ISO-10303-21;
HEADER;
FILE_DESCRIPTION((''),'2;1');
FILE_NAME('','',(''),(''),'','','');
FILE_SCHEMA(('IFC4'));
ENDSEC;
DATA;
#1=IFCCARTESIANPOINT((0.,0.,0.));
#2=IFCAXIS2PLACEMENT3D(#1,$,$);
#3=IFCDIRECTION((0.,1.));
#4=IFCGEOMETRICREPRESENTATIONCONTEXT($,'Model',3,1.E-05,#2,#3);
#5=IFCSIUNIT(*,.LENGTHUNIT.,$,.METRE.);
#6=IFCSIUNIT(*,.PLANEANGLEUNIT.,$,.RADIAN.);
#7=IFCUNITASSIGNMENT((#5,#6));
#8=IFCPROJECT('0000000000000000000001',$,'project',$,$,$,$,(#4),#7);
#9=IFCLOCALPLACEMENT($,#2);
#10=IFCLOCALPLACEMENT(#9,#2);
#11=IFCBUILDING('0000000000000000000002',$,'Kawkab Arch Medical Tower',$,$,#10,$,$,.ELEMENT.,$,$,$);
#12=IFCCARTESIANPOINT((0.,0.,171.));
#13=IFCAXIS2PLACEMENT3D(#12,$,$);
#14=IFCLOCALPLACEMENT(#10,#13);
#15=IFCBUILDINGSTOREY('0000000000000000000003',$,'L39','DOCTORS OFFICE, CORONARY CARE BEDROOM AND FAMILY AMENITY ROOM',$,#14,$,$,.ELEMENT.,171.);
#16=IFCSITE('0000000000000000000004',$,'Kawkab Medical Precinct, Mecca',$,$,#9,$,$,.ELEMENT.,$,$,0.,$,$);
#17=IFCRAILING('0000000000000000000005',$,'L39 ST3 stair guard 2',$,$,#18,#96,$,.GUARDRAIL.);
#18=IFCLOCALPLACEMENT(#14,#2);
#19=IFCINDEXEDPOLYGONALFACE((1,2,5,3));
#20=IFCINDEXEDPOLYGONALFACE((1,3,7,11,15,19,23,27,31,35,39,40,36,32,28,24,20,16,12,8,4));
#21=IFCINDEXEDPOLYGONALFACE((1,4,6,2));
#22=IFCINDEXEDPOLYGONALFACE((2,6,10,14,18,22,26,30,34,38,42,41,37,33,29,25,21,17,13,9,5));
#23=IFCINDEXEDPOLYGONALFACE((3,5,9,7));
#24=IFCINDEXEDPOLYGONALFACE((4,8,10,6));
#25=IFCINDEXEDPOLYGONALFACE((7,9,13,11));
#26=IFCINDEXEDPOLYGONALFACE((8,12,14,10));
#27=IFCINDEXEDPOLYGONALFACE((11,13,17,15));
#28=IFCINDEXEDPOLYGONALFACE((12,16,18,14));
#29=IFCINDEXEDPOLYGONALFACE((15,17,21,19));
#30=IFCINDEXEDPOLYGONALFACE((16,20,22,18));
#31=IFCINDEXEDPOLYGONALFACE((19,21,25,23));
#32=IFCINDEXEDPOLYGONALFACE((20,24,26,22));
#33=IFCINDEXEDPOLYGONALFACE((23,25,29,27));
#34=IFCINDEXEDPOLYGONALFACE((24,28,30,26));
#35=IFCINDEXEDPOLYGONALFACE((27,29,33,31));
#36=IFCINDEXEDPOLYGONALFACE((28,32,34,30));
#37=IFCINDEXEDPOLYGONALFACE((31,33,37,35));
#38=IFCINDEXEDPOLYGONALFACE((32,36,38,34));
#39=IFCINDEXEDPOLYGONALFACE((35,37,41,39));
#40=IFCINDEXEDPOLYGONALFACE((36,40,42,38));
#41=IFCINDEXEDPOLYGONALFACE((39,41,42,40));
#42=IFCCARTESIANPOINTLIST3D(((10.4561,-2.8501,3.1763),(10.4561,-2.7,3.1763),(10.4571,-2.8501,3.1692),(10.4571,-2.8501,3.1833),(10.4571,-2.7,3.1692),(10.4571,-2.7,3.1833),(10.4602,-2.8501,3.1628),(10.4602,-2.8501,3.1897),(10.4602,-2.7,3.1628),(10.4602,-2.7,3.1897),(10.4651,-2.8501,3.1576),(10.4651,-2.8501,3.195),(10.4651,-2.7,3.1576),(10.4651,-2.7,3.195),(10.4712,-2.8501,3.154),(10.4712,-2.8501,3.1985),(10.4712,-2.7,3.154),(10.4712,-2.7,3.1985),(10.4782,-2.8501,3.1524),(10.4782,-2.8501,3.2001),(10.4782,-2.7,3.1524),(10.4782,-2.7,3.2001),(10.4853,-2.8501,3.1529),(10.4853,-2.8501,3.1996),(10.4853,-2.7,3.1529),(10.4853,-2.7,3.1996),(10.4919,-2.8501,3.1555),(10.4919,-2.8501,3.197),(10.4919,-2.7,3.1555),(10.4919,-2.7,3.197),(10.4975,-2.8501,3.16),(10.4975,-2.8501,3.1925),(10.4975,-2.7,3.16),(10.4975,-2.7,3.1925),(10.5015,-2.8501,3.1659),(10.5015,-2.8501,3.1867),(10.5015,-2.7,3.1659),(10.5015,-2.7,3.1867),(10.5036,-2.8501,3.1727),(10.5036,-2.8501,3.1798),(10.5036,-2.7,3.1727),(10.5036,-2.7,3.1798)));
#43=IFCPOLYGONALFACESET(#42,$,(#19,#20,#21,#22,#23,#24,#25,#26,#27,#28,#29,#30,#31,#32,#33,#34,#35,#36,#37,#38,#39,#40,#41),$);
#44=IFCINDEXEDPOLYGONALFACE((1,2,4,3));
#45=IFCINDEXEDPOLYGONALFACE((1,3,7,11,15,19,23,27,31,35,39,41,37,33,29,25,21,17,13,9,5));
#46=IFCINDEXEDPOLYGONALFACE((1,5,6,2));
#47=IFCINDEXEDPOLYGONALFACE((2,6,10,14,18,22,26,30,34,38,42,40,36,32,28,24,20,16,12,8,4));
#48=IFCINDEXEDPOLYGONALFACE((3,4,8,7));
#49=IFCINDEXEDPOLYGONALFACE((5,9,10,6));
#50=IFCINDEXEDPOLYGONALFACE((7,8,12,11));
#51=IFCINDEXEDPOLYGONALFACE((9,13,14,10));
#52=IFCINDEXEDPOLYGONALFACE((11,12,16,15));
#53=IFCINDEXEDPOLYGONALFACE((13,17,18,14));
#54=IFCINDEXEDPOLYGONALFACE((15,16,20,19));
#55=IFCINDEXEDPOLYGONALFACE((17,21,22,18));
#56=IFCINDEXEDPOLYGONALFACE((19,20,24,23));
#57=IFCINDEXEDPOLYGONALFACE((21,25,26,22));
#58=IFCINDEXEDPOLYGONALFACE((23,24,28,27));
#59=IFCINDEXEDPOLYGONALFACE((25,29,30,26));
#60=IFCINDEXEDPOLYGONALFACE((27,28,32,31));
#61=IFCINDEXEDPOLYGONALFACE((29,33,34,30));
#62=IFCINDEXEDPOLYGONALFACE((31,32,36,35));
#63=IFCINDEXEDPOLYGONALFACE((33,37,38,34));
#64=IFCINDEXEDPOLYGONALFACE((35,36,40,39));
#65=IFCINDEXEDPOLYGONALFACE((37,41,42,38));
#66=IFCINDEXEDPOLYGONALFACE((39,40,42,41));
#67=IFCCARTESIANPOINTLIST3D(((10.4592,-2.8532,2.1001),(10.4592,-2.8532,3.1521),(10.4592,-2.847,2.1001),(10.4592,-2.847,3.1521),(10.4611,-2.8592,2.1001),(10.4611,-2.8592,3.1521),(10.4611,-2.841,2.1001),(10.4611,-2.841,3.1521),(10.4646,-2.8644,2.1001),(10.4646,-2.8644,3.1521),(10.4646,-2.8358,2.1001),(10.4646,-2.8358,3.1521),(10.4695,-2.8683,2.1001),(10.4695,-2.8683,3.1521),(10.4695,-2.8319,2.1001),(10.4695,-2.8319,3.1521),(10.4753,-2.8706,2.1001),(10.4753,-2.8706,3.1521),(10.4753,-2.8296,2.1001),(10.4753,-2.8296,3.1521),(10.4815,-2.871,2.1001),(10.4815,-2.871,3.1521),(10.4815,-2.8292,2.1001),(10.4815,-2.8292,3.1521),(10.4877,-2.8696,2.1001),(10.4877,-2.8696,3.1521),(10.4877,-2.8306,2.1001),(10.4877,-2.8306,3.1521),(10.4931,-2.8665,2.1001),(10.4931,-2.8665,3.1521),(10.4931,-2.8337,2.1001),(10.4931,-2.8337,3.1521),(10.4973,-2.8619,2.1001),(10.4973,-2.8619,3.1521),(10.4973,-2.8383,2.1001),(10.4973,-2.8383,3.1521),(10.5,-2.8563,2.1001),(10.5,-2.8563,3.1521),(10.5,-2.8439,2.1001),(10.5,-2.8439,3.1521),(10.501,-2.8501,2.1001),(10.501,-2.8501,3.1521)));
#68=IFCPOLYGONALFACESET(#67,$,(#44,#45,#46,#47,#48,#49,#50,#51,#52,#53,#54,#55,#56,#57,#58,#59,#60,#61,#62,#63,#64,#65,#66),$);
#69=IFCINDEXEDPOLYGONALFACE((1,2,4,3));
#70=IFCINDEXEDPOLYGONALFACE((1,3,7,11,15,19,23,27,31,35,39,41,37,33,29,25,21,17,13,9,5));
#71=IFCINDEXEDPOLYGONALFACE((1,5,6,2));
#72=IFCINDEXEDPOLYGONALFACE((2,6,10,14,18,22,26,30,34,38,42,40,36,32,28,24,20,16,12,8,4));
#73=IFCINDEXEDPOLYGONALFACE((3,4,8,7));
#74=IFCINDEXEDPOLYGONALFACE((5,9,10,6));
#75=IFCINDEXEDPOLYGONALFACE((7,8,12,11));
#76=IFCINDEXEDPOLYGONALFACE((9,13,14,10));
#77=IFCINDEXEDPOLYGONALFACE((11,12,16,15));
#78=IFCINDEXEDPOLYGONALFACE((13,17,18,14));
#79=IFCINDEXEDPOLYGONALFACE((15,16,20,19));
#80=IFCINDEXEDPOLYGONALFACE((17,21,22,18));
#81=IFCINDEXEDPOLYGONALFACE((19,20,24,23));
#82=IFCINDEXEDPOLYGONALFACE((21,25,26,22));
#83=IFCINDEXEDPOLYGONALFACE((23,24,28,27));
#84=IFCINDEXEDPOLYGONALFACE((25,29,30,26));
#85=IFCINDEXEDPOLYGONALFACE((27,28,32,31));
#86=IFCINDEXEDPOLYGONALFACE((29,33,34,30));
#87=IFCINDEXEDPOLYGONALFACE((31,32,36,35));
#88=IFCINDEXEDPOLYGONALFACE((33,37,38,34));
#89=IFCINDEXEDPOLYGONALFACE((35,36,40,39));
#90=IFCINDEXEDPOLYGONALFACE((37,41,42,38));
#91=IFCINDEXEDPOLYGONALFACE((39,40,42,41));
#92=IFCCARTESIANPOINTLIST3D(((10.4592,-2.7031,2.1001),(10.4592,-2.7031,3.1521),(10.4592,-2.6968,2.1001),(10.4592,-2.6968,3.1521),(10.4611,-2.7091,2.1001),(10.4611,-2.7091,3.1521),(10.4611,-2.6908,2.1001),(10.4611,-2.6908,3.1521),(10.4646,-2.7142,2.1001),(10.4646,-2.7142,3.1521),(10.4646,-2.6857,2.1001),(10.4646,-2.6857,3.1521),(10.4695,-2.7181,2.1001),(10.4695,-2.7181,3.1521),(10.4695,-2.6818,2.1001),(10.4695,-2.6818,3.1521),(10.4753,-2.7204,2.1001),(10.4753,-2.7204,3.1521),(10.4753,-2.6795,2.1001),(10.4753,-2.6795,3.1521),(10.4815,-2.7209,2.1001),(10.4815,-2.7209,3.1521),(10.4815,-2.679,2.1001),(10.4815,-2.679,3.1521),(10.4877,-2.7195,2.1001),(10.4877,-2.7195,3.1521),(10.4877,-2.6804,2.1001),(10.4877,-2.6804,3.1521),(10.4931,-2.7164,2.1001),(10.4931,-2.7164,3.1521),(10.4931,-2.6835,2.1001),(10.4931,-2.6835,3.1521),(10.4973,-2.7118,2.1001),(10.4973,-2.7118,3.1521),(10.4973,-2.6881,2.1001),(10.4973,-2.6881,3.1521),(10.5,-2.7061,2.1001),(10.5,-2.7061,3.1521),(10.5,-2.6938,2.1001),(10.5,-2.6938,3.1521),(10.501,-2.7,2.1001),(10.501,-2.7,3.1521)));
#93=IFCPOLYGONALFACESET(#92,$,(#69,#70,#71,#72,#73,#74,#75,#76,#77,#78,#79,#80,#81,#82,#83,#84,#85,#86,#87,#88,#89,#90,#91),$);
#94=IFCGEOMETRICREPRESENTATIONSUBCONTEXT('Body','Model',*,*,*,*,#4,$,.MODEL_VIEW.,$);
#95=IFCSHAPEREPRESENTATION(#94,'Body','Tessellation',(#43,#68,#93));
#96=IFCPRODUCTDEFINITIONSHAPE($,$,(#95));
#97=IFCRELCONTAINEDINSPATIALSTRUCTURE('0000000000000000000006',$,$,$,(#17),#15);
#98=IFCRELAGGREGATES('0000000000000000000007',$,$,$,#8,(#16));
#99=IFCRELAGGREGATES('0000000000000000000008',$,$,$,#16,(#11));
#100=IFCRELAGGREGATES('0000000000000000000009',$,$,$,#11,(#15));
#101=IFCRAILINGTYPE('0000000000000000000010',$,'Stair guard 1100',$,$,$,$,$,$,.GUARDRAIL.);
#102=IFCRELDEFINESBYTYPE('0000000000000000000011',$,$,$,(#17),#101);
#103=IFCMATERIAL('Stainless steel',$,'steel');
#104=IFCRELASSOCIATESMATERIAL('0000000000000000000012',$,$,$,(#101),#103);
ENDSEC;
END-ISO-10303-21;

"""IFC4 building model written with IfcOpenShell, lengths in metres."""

from ifc_helpers import new_model, si_unit, direction, frame, origin, origin_2d, place, context, subcontext, project, spatial, circle, extrude, material, type_object, element, save


model = new_model("IFC4")

# Units and contexts
model_context = context("Model", 3, precision=1e-05, world=origin(), true_north=direction((0.0, 1.0)))
body_context = subcontext(model_context, "Body", "Model", "MODEL_VIEW")
ifc_project = project(units=[si_unit("LENGTHUNIT", "METRE"), si_unit("PLANEANGLEUNIT", "RADIAN")], contexts=[model_context])

# Site, building, storey
site_placement = place(None, origin())
site = spatial("IfcSite", under=ifc_project, at=site_placement, Name="Kawkab Medical Precinct, Mecca", CompositionType="ELEMENT", RefElevation=0.0)
building_placement = place(site_placement, origin())
building = spatial("IfcBuilding", under=site, at=building_placement, Name="Kawkab Arch Medical Tower", CompositionType="ELEMENT")
storey_placement = place(building_placement, frame((0.0, 0.0, 171.0)))
storey = spatial("IfcBuildingStorey", under=building, at=storey_placement, Name="L39", Description="DOCTORS OFFICE, CORONARY CARE BEDROOM AND FAMILY AMENITY ROOM", CompositionType="ELEMENT", Elevation=171.0)

# Railing
ifc_material_1 = material(Name="Stainless steel", Category="steel")
railing_type = type_object("IfcRailingType", Name="Stair guard 1100", PredefinedType="GUARDRAIL", material=ifc_material_1)
railing_1_placement = place(storey_placement, frame((10.48, -2.8501, 2.1001)))
element("IfcRailing", 1, at=railing_1_placement, inside=storey, type_object=railing_type, Name="L39 ST3 stair guard 2", PredefinedType="GUARDRAIL", context=body_context, shape_type="SweptSolid", body=[
    extrude(circle(Radius=0.0239, at=origin_2d()), frame((0.0, 0.0, 1.0762), z_axis=(0.0, 1.0, 0.0), x_axis=(-1.0, 0.0, 0.0)), (0.0, 0.0, 1.0), 0.1501),
    extrude(circle(Radius=0.021, at=origin_2d()), origin(), (0.0, 0.0, 1.0), 1.052),
    extrude(circle(Radius=0.021, at=origin_2d()), frame((0.0, 0.1501, 0.0)), (0.0, 0.0, 1.0), 1.052),
])

save(model, "model.ifc")
